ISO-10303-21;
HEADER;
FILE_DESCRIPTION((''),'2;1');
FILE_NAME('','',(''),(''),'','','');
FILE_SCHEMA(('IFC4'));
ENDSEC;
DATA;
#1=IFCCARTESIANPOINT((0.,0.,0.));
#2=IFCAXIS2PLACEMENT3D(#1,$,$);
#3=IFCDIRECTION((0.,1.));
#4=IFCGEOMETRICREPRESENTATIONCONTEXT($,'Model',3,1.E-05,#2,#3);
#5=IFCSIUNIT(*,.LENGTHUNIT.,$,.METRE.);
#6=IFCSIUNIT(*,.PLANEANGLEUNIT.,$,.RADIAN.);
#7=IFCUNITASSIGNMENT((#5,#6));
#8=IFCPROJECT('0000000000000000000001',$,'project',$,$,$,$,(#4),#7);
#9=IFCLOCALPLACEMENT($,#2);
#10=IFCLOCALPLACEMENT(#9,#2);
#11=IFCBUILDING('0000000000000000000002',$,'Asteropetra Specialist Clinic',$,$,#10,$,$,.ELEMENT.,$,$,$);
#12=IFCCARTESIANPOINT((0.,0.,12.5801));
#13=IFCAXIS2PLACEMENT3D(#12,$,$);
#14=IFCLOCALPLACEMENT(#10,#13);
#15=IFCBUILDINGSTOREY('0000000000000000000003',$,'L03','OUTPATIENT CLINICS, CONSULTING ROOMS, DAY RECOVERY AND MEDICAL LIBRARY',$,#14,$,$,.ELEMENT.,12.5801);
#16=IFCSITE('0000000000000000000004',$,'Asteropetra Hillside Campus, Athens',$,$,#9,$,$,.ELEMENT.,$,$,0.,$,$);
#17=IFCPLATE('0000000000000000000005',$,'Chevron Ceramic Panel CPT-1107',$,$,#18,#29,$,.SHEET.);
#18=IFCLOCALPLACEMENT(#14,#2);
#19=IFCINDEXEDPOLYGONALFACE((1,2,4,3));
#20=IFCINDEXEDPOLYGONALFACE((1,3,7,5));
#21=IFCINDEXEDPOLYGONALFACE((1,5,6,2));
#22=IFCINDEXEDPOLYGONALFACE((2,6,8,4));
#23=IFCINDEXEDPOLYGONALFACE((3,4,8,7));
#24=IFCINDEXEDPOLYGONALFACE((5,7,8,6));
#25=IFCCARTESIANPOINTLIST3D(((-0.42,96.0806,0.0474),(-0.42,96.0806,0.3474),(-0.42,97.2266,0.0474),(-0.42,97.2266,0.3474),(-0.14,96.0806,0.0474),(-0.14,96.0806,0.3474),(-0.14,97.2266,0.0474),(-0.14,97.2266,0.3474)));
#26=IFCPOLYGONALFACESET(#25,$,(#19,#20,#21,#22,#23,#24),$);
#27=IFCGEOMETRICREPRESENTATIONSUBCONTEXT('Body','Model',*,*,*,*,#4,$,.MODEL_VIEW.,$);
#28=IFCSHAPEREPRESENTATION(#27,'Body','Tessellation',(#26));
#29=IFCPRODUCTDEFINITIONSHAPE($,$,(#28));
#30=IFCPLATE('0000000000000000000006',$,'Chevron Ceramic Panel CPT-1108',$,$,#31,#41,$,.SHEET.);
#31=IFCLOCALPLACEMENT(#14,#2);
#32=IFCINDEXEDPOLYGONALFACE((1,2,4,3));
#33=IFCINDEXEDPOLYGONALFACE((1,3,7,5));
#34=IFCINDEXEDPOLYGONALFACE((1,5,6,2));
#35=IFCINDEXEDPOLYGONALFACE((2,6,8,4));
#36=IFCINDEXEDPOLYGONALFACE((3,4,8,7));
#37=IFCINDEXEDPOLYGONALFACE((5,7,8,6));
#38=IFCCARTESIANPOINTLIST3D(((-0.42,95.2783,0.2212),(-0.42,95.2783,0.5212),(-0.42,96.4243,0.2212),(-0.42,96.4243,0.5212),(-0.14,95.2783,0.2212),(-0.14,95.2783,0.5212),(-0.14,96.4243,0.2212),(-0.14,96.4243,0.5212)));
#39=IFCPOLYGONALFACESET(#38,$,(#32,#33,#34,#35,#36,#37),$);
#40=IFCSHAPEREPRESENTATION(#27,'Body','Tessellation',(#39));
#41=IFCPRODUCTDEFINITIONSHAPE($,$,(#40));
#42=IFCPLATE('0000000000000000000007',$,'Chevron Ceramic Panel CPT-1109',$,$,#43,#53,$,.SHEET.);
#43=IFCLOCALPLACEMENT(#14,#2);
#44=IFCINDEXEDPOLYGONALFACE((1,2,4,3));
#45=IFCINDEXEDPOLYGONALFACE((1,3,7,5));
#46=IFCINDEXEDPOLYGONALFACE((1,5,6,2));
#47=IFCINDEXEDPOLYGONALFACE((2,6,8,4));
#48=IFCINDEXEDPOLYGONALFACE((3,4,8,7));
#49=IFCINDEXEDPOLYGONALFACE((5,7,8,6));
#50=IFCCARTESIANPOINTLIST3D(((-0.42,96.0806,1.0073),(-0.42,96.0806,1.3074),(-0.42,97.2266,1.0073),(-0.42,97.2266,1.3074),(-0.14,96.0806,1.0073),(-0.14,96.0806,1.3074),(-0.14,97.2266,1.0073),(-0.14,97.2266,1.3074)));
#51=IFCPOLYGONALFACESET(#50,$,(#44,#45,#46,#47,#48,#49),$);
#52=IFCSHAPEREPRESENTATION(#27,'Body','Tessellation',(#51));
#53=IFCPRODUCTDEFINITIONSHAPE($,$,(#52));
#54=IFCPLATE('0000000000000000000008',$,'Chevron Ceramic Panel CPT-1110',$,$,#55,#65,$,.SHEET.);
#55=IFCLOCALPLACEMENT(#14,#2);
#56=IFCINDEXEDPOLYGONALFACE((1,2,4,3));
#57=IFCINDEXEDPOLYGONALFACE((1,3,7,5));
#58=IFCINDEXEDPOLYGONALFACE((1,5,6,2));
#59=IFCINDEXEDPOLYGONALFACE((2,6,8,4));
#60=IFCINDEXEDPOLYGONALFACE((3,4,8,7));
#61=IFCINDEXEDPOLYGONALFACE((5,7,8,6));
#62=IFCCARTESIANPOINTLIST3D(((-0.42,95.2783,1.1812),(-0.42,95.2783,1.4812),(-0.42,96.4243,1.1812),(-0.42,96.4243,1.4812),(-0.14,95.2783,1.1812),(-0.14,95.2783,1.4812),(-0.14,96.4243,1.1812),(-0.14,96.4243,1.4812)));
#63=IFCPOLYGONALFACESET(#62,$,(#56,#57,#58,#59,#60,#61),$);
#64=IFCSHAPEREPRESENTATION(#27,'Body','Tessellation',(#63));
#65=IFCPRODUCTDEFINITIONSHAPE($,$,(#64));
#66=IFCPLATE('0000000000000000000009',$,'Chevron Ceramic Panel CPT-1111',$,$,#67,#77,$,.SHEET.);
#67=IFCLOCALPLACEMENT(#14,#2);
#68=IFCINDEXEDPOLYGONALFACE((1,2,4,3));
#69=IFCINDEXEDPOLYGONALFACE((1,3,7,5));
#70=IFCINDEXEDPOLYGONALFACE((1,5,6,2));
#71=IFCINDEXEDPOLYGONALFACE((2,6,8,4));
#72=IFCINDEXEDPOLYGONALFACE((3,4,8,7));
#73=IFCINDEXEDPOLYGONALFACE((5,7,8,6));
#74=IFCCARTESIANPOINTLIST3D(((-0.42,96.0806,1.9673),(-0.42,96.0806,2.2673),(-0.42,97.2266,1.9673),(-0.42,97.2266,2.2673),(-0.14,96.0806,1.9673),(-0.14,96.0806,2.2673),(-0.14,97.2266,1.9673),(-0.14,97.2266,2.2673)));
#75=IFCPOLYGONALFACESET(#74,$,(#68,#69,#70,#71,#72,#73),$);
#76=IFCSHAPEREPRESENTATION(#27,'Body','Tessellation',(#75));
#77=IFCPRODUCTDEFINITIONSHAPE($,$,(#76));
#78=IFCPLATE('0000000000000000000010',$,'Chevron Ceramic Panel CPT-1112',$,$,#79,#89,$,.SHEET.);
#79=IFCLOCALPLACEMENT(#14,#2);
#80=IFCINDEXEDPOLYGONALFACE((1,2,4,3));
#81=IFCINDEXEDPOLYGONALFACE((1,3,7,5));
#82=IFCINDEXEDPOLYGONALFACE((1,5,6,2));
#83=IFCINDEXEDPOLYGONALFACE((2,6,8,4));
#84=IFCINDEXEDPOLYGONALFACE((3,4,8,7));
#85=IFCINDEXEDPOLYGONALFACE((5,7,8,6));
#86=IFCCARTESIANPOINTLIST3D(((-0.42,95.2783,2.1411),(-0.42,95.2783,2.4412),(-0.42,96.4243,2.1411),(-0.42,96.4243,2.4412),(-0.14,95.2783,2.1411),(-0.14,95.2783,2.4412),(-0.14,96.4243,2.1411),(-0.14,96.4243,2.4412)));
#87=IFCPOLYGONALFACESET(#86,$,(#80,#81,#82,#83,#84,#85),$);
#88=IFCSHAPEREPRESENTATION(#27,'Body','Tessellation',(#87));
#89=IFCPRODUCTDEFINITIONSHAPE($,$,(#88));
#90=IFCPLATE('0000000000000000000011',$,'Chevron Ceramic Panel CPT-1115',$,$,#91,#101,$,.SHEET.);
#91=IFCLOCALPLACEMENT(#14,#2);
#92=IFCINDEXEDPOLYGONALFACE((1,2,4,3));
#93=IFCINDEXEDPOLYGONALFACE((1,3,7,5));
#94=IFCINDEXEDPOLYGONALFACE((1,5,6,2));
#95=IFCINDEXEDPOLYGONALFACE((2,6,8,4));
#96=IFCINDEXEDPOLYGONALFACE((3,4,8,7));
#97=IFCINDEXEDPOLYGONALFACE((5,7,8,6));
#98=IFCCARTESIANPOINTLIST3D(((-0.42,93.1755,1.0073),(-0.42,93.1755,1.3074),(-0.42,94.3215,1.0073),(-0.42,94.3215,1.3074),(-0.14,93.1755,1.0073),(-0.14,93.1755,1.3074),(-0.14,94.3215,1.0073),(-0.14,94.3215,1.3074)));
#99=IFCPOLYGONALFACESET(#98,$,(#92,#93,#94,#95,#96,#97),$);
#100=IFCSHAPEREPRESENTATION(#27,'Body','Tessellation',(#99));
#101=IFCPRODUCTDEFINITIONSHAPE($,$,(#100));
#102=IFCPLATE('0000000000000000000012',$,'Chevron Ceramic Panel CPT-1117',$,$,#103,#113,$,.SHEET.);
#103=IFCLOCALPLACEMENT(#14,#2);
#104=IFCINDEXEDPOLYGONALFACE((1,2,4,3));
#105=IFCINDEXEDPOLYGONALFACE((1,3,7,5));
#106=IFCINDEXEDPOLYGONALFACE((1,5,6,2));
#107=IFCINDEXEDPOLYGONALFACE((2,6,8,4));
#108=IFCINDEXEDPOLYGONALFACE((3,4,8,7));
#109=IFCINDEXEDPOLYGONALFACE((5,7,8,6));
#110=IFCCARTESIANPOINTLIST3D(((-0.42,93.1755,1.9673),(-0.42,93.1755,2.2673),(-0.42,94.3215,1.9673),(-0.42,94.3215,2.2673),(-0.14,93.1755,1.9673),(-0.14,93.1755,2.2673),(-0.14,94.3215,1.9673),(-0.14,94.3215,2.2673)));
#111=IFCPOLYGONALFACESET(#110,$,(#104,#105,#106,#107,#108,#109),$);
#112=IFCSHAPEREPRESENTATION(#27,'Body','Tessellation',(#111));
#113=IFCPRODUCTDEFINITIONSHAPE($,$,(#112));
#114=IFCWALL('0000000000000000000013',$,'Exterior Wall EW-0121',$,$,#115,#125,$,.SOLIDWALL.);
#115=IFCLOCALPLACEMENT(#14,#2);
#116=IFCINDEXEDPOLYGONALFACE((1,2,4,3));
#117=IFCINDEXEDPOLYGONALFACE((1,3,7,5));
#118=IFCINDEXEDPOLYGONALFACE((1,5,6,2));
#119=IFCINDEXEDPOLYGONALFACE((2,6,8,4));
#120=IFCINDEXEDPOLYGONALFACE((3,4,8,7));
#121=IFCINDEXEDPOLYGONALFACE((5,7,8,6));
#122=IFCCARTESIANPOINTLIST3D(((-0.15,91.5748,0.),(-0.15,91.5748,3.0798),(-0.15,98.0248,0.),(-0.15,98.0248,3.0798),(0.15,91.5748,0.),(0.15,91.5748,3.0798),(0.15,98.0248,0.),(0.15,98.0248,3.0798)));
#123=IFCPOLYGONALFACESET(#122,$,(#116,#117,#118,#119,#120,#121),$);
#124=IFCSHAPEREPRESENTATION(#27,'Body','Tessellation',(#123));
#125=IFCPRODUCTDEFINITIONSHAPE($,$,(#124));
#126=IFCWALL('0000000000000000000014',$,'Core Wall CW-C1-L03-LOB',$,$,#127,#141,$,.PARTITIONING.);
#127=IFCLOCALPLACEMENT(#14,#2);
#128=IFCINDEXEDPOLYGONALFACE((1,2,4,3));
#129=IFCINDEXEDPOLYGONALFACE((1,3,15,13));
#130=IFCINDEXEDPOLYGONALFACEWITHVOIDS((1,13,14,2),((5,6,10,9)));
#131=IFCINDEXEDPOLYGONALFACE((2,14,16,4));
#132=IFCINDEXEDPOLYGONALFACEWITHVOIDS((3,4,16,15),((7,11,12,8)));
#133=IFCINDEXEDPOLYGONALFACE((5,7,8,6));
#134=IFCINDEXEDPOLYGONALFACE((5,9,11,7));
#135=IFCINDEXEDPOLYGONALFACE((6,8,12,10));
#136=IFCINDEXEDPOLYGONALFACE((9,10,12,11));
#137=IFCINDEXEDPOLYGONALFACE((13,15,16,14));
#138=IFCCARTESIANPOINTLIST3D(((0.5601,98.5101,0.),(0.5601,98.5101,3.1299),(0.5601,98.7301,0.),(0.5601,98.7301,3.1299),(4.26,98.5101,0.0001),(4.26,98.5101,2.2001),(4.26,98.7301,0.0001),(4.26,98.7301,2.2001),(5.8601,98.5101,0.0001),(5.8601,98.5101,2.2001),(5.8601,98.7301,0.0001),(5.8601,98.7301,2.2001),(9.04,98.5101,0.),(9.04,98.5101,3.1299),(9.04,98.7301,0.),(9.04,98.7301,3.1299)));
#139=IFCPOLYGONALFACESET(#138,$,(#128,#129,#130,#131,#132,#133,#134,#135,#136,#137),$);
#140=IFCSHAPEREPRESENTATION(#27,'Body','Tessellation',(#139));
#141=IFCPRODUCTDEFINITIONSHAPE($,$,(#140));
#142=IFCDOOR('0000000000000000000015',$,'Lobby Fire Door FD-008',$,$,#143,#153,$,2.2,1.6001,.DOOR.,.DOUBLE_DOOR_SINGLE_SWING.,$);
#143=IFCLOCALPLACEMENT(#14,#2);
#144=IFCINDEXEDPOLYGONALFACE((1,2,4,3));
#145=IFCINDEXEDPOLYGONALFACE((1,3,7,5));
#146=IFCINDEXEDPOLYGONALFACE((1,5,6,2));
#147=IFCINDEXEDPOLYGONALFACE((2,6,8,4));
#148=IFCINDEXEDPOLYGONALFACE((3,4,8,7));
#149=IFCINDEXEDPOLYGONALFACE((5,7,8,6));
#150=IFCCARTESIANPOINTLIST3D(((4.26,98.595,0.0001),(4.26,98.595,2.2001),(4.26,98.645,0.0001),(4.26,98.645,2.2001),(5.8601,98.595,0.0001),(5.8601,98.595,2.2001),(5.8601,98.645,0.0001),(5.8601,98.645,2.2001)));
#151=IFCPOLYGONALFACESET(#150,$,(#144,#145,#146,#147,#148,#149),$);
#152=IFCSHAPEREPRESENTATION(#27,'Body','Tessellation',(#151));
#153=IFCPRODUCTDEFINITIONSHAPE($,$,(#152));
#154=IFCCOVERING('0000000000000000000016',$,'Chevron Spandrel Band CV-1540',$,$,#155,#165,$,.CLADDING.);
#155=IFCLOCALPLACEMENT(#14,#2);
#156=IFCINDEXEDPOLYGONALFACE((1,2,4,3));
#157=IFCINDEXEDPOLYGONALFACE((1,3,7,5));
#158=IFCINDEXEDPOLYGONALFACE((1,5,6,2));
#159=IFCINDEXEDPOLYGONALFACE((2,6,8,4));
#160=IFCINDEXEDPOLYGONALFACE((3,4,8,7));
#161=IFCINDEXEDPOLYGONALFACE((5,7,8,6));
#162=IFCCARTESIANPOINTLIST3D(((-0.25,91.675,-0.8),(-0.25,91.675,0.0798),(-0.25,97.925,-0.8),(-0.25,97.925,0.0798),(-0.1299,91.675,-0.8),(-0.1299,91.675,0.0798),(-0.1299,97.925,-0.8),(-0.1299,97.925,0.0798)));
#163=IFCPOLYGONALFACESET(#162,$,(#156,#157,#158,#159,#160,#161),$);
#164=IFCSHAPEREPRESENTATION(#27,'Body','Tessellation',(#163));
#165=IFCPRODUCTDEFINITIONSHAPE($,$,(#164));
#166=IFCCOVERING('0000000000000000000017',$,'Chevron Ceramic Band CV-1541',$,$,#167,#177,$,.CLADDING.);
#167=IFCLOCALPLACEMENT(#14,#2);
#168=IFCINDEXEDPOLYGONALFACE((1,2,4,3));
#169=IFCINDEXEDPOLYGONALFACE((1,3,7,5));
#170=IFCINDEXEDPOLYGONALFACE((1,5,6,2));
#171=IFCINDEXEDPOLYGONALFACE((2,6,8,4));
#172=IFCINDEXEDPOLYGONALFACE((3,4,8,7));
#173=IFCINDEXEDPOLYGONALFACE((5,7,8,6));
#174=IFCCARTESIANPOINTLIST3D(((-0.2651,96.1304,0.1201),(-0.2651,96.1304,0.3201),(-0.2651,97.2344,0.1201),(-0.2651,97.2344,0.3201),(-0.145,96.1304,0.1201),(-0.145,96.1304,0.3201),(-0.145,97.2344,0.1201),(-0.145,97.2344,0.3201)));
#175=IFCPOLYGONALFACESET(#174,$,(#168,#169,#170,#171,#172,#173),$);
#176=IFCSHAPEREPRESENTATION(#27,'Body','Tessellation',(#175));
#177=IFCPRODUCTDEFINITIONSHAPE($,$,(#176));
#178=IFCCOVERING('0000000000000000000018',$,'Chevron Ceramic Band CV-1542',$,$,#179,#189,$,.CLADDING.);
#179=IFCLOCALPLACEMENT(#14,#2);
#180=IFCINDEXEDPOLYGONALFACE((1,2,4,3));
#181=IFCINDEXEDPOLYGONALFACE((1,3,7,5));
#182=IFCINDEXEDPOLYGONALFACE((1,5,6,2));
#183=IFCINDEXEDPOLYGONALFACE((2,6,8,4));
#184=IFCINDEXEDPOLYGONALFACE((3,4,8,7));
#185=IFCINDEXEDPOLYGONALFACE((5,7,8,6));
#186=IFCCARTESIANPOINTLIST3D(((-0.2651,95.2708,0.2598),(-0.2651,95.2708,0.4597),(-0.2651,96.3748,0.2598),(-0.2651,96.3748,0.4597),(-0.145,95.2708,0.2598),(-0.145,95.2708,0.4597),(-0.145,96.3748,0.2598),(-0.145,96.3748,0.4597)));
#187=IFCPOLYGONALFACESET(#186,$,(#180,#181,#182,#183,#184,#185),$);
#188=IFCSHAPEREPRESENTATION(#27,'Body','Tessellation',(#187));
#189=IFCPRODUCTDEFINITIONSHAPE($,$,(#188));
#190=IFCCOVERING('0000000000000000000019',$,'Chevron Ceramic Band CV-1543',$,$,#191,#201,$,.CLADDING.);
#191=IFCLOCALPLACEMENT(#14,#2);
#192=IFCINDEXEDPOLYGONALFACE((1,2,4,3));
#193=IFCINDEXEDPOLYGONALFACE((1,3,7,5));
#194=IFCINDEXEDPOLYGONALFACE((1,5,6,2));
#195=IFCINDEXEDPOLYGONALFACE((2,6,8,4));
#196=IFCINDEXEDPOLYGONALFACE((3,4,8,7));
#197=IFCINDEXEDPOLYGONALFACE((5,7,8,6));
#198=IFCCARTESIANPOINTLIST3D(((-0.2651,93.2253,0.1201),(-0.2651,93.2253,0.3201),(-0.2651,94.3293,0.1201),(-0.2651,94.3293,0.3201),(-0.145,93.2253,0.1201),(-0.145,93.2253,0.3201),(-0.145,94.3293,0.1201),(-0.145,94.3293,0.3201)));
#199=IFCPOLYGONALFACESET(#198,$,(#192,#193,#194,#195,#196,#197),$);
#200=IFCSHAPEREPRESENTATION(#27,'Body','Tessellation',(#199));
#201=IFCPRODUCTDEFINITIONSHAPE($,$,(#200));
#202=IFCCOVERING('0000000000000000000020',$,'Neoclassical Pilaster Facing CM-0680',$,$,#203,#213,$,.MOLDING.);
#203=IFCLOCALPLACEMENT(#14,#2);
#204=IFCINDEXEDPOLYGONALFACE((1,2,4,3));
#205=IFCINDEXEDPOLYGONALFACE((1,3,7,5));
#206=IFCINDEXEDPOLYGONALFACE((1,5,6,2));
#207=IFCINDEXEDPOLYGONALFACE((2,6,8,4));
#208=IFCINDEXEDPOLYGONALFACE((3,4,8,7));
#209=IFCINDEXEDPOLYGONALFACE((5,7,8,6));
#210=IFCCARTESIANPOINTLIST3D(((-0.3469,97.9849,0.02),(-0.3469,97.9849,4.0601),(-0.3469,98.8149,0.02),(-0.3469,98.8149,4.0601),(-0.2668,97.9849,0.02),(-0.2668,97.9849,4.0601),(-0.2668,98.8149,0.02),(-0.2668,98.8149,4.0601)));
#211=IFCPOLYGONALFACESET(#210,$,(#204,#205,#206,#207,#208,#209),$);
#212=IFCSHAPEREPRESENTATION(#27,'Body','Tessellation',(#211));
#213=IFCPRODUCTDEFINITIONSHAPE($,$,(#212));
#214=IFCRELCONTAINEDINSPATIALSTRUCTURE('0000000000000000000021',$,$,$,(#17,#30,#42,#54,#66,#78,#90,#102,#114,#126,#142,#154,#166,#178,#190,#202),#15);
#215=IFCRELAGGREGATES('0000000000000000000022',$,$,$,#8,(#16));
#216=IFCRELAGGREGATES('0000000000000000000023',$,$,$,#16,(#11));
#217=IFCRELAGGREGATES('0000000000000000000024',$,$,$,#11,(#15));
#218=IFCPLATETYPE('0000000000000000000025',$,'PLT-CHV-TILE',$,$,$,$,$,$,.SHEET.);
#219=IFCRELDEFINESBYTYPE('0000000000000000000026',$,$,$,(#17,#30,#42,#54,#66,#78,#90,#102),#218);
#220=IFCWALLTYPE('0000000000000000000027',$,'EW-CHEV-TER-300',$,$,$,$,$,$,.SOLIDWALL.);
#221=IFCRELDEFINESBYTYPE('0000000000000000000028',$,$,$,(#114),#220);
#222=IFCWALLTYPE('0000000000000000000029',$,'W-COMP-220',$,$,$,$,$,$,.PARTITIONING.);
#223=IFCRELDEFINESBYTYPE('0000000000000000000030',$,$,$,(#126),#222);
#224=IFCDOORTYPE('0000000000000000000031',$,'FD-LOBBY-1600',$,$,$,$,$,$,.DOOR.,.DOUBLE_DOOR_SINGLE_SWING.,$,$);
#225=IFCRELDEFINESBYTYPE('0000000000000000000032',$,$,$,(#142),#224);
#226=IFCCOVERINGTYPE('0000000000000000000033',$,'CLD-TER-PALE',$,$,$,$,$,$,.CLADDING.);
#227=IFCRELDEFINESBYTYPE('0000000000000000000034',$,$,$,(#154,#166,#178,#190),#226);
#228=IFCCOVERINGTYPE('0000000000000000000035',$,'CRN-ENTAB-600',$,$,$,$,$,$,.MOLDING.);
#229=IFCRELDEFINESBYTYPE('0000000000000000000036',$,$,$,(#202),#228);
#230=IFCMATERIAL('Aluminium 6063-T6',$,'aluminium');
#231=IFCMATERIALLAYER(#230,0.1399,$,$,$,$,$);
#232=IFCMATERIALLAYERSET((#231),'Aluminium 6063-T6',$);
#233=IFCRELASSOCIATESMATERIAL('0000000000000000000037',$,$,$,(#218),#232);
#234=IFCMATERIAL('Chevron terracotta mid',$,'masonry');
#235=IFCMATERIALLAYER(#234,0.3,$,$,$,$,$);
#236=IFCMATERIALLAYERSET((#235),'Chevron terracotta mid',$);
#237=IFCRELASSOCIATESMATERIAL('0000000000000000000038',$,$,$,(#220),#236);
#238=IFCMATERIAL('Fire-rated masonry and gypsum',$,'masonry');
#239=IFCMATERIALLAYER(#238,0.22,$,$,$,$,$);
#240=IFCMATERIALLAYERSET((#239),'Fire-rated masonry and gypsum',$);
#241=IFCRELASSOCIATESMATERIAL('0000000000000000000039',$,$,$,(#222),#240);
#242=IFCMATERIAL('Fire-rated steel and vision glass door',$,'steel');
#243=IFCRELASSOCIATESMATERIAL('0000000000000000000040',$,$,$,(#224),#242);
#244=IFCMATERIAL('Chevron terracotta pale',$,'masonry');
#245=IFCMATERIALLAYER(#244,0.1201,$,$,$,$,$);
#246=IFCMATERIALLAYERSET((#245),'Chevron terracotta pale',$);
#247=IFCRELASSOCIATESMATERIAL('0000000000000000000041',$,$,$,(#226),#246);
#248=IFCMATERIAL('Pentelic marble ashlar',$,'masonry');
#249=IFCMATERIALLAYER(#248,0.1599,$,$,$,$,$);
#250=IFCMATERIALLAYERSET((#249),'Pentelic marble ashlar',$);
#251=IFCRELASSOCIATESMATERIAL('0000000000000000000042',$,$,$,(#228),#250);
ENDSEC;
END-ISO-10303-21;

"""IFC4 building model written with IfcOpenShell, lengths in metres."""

from ifc_helpers import new_model, si_unit, direction, frame, frame_2d, origin, origin_2d, place, context, subcontext, project, spatial, rectangle, extrude, material, layer, layer_set, type_object, element, fill, save


model = new_model("IFC4")

# Units and contexts
model_context = context("Model", 3, precision=1e-05, world=origin(), true_north=direction((0.0, 1.0)))
body_context = subcontext(model_context, "Body", "Model", "MODEL_VIEW")
ifc_project = project(units=[si_unit("LENGTHUNIT", "METRE"), si_unit("PLANEANGLEUNIT", "RADIAN")], contexts=[model_context])

# Site, building, storey
site_placement = place(None, origin())
site = spatial("IfcSite", under=ifc_project, at=site_placement, Name="Asteropetra Hillside Campus, Athens", CompositionType="ELEMENT", RefElevation=0.0)
building_placement = place(site_placement, origin())
building = spatial("IfcBuilding", under=site, at=building_placement, Name="Asteropetra Specialist Clinic", CompositionType="ELEMENT")
storey_placement = place(building_placement, frame((0.0, 0.0, 12.5801)))
storey = spatial("IfcBuildingStorey", under=building, at=storey_placement, Name="L03", Description="OUTPATIENT CLINICS, CONSULTING ROOMS, DAY RECOVERY AND MEDICAL LIBRARY", CompositionType="ELEMENT", Elevation=12.5801)

# Plates
ifc_material_1 = material(Name="Aluminium 6063-T6", Category="aluminium")
ifc_layer_1 = layer(ifc_material_1, 0.1399)
ifc_layer_set_1 = layer_set([ifc_layer_1], Name="Aluminium 6063-T6")
plate_type_1 = type_object("IfcPlateType", Name="PLT-CHV-TILE", PredefinedType="SHEET", material=ifc_layer_set_1)
for number, where, z_axis, x_axis, name in (
    (1, (-0.28, 96.6536, 0.0474), (0.0, 0.0, 1.0), (1.0, 0.0, 0.0), "Chevron Ceramic Panel CPT-1107"),
    (2, (-0.28, 95.8513, 0.2212), (0.0, 0.0, 1.0), (1.0, 0.0, 0.0), "Chevron Ceramic Panel CPT-1108"),
    (3, (-0.28, 96.6536, 1.0073), (0.0, 0.0, 1.0), (1.0, 0.0, 0.0), "Chevron Ceramic Panel CPT-1109"),
    (4, (-0.28, 95.8513, 1.1812), (0.0, 0.0, 1.0), (1.0, 0.0, 0.0), "Chevron Ceramic Panel CPT-1110"),
    (5, (-0.28, 96.6536, 1.9673), (0.0, 0.0, 1.0), (1.0, 0.0, 0.0), "Chevron Ceramic Panel CPT-1111"),
    (6, (-0.28, 95.8513, 2.1411), (0.0, 0.0, 1.0), (1.0, 0.0, 0.0), "Chevron Ceramic Panel CPT-1112"),
    (7, (-0.28, 93.7485, 1.0073), (0.0, 0.0, 1.0), (1.0, 0.0, 0.0), "Chevron Ceramic Panel CPT-1115"),
    (8, (-0.28, 93.7485, 1.9673), (0.0, 0.0, 1.0), (1.0, 0.0, 0.0), "Chevron Ceramic Panel CPT-1117"),
):
    element("IfcPlate", number, at=place(storey_placement, frame(where, z_axis=z_axis, x_axis=x_axis)), inside=storey, type_object=plate_type_1, Name=name, PredefinedType="SHEET", context=body_context, shape_type="SweptSolid", body=[
        extrude(rectangle(XDim=0.28, YDim=1.146, at=origin_2d()), origin(), (0.0, 0.0, 1.0), 0.3),
    ])

# Wall
ifc_material_2 = material(Name="Chevron terracotta mid", Category="masonry")
ifc_layer_2 = layer(ifc_material_2, 0.3)
ifc_layer_set_2 = layer_set([ifc_layer_2], Name="Chevron terracotta mid")
wall_type_1 = type_object("IfcWallType", Name="EW-CHEV-TER-300", PredefinedType="SOLIDWALL", material=ifc_layer_set_2)
wall_1_placement = place(storey_placement, frame((0.0, 98.0249, 0.0), z_axis=(0.0, 0.0, 1.0), x_axis=(0.0, -1.0, 0.0)))
element("IfcWall", 9, at=wall_1_placement, inside=storey, type_object=wall_type_1, Name="Exterior Wall EW-0121", PredefinedType="SOLIDWALL", context=body_context, shape_type="SweptSolid", body=[
    extrude(rectangle(XDim=6.45, YDim=0.3, at=frame_2d((3.2251, 0.0))), origin(), (0.0, 0.0, 1.0), 3.0798),
])

# Wall, opening, door
ifc_material_3 = material(Name="Fire-rated masonry and gypsum", Category="masonry")
ifc_layer_3 = layer(ifc_material_3, 0.22)
ifc_layer_set_3 = layer_set([ifc_layer_3], Name="Fire-rated masonry and gypsum")
wall_type_2 = type_object("IfcWallType", Name="W-COMP-220", PredefinedType="PARTITIONING", material=ifc_layer_set_3)
wall_2_placement = place(storey_placement, frame((0.5601, 98.6201, 0.0), z_axis=(0.0, 0.0, 1.0), x_axis=(1.0, 0.0, 0.0)))
wall_2 = element("IfcWall", 10, at=wall_2_placement, inside=storey, type_object=wall_type_2, Name="Core Wall CW-C1-L03-LOB", PredefinedType="PARTITIONING", context=body_context, shape_type="SweptSolid", body=[
    extrude(rectangle(XDim=8.48, YDim=0.22, at=frame_2d((4.24, 0.0))), origin(), (0.0, 0.0, 1.0), 3.1299),
])
opening_placement = place(wall_2_placement, frame((3.7, 0.0, 0.0)))
opening = element("IfcOpeningElement", 11, at=opening_placement, cuts=wall_2, PredefinedType="OPENING", context=body_context, shape_type="SweptSolid", body=[
    extrude(rectangle(XDim=1.6001, YDim=2.2, at=frame_2d((0.8, 1.1001))), frame((0.0, 0.1199, 0.0), z_axis=(0.0, -1.0, 0.0), x_axis=(1.0, 0.0, 0.0)), (0.0, 0.0, 1.0), 0.24),
])
ifc_material_4 = material(Name="Fire-rated steel and vision glass door", Category="steel")
door_type = type_object("IfcDoorType", Name="FD-LOBBY-1600", OperationType="DOUBLE_DOOR_SINGLE_SWING", PredefinedType="DOOR", material=ifc_material_4)
door_placement = place(opening_placement, origin())
door = element("IfcDoor", 12, at=door_placement, inside=storey, type_object=door_type, Name="Lobby Fire Door FD-008", OperationType="DOUBLE_DOOR_SINGLE_SWING", OverallHeight=2.2, OverallWidth=1.6001, PredefinedType="DOOR", context=body_context, shape_type="SweptSolid", body=[
    extrude(rectangle(XDim=1.6001, YDim=2.2, at=frame_2d((0.8, 1.1001))), frame((0.0, 0.0249, 0.0), z_axis=(0.0, -1.0, 0.0), x_axis=(1.0, 0.0, 0.0)), (0.0, 0.0, 1.0), 0.05),
])
fill(opening, door)

# Coverings
ifc_material_5 = material(Name="Chevron terracotta pale", Category="masonry")
ifc_layer_4 = layer(ifc_material_5, 0.1201)
ifc_layer_set_4 = layer_set([ifc_layer_4], Name="Chevron terracotta pale")
covering_type_1 = type_object("IfcCoveringType", Name="CLD-TER-PALE", PredefinedType="CLADDING", material=ifc_layer_set_4)
covering_1_placement = place(storey_placement, frame((-0.1899, 94.8, -0.8), z_axis=(0.0, 0.0, 1.0), x_axis=(1.0, 0.0, 0.0)))
element("IfcCovering", 13, at=covering_1_placement, inside=storey, type_object=covering_type_1, Name="Chevron Spandrel Band CV-1540", PredefinedType="CLADDING", context=body_context, shape_type="SweptSolid", body=[
    extrude(rectangle(XDim=0.1201, YDim=6.25, at=origin_2d()), origin(), (0.0, 0.0, 1.0), 0.8799),
])
for number, where, z_axis, x_axis, name in (
    (14, (-0.2051, 96.6824, 0.1201), (0.0, 0.0, 1.0), (1.0, 0.0, 0.0), "Chevron Ceramic Band CV-1541"),
    (15, (-0.2051, 95.8228, 0.2598), (0.0, 0.0, 1.0), (1.0, 0.0, 0.0), "Chevron Ceramic Band CV-1542"),
    (16, (-0.2051, 93.7773, 0.1201), (0.0, 0.0, 1.0), (1.0, 0.0, 0.0), "Chevron Ceramic Band CV-1543"),
):
    element("IfcCovering", number, at=place(storey_placement, frame(where, z_axis=z_axis, x_axis=x_axis)), inside=storey, type_object=covering_type_1, Name=name, PredefinedType="CLADDING", context=body_context, shape_type="SweptSolid", body=[
        extrude(rectangle(XDim=0.1201, YDim=1.104, at=origin_2d()), origin(), (0.0, 0.0, 1.0), 0.2),
    ])
ifc_material_6 = material(Name="Pentelic marble ashlar", Category="masonry")
ifc_layer_5 = layer(ifc_material_6, 0.1599)
ifc_layer_set_5 = layer_set([ifc_layer_5], Name="Pentelic marble ashlar")
covering_type_2 = type_object("IfcCoveringType", Name="CRN-ENTAB-600", PredefinedType="MOLDING", material=ifc_layer_set_5)
covering_2_placement = place(storey_placement, frame((-0.3069, 98.3999, 0.02), z_axis=(0.0, 0.0, 1.0), x_axis=(1.0, 0.0, 0.0)))
element("IfcCovering", 17, at=covering_2_placement, inside=storey, type_object=covering_type_2, Name="Neoclassical Pilaster Facing CM-0680", PredefinedType="MOLDING", context=body_context, shape_type="SweptSolid", body=[
    extrude(rectangle(XDim=0.0801, YDim=0.8301, at=origin_2d()), origin(), (0.0, 0.0, 1.0), 4.04),
])

save(model, "model.ifc")
